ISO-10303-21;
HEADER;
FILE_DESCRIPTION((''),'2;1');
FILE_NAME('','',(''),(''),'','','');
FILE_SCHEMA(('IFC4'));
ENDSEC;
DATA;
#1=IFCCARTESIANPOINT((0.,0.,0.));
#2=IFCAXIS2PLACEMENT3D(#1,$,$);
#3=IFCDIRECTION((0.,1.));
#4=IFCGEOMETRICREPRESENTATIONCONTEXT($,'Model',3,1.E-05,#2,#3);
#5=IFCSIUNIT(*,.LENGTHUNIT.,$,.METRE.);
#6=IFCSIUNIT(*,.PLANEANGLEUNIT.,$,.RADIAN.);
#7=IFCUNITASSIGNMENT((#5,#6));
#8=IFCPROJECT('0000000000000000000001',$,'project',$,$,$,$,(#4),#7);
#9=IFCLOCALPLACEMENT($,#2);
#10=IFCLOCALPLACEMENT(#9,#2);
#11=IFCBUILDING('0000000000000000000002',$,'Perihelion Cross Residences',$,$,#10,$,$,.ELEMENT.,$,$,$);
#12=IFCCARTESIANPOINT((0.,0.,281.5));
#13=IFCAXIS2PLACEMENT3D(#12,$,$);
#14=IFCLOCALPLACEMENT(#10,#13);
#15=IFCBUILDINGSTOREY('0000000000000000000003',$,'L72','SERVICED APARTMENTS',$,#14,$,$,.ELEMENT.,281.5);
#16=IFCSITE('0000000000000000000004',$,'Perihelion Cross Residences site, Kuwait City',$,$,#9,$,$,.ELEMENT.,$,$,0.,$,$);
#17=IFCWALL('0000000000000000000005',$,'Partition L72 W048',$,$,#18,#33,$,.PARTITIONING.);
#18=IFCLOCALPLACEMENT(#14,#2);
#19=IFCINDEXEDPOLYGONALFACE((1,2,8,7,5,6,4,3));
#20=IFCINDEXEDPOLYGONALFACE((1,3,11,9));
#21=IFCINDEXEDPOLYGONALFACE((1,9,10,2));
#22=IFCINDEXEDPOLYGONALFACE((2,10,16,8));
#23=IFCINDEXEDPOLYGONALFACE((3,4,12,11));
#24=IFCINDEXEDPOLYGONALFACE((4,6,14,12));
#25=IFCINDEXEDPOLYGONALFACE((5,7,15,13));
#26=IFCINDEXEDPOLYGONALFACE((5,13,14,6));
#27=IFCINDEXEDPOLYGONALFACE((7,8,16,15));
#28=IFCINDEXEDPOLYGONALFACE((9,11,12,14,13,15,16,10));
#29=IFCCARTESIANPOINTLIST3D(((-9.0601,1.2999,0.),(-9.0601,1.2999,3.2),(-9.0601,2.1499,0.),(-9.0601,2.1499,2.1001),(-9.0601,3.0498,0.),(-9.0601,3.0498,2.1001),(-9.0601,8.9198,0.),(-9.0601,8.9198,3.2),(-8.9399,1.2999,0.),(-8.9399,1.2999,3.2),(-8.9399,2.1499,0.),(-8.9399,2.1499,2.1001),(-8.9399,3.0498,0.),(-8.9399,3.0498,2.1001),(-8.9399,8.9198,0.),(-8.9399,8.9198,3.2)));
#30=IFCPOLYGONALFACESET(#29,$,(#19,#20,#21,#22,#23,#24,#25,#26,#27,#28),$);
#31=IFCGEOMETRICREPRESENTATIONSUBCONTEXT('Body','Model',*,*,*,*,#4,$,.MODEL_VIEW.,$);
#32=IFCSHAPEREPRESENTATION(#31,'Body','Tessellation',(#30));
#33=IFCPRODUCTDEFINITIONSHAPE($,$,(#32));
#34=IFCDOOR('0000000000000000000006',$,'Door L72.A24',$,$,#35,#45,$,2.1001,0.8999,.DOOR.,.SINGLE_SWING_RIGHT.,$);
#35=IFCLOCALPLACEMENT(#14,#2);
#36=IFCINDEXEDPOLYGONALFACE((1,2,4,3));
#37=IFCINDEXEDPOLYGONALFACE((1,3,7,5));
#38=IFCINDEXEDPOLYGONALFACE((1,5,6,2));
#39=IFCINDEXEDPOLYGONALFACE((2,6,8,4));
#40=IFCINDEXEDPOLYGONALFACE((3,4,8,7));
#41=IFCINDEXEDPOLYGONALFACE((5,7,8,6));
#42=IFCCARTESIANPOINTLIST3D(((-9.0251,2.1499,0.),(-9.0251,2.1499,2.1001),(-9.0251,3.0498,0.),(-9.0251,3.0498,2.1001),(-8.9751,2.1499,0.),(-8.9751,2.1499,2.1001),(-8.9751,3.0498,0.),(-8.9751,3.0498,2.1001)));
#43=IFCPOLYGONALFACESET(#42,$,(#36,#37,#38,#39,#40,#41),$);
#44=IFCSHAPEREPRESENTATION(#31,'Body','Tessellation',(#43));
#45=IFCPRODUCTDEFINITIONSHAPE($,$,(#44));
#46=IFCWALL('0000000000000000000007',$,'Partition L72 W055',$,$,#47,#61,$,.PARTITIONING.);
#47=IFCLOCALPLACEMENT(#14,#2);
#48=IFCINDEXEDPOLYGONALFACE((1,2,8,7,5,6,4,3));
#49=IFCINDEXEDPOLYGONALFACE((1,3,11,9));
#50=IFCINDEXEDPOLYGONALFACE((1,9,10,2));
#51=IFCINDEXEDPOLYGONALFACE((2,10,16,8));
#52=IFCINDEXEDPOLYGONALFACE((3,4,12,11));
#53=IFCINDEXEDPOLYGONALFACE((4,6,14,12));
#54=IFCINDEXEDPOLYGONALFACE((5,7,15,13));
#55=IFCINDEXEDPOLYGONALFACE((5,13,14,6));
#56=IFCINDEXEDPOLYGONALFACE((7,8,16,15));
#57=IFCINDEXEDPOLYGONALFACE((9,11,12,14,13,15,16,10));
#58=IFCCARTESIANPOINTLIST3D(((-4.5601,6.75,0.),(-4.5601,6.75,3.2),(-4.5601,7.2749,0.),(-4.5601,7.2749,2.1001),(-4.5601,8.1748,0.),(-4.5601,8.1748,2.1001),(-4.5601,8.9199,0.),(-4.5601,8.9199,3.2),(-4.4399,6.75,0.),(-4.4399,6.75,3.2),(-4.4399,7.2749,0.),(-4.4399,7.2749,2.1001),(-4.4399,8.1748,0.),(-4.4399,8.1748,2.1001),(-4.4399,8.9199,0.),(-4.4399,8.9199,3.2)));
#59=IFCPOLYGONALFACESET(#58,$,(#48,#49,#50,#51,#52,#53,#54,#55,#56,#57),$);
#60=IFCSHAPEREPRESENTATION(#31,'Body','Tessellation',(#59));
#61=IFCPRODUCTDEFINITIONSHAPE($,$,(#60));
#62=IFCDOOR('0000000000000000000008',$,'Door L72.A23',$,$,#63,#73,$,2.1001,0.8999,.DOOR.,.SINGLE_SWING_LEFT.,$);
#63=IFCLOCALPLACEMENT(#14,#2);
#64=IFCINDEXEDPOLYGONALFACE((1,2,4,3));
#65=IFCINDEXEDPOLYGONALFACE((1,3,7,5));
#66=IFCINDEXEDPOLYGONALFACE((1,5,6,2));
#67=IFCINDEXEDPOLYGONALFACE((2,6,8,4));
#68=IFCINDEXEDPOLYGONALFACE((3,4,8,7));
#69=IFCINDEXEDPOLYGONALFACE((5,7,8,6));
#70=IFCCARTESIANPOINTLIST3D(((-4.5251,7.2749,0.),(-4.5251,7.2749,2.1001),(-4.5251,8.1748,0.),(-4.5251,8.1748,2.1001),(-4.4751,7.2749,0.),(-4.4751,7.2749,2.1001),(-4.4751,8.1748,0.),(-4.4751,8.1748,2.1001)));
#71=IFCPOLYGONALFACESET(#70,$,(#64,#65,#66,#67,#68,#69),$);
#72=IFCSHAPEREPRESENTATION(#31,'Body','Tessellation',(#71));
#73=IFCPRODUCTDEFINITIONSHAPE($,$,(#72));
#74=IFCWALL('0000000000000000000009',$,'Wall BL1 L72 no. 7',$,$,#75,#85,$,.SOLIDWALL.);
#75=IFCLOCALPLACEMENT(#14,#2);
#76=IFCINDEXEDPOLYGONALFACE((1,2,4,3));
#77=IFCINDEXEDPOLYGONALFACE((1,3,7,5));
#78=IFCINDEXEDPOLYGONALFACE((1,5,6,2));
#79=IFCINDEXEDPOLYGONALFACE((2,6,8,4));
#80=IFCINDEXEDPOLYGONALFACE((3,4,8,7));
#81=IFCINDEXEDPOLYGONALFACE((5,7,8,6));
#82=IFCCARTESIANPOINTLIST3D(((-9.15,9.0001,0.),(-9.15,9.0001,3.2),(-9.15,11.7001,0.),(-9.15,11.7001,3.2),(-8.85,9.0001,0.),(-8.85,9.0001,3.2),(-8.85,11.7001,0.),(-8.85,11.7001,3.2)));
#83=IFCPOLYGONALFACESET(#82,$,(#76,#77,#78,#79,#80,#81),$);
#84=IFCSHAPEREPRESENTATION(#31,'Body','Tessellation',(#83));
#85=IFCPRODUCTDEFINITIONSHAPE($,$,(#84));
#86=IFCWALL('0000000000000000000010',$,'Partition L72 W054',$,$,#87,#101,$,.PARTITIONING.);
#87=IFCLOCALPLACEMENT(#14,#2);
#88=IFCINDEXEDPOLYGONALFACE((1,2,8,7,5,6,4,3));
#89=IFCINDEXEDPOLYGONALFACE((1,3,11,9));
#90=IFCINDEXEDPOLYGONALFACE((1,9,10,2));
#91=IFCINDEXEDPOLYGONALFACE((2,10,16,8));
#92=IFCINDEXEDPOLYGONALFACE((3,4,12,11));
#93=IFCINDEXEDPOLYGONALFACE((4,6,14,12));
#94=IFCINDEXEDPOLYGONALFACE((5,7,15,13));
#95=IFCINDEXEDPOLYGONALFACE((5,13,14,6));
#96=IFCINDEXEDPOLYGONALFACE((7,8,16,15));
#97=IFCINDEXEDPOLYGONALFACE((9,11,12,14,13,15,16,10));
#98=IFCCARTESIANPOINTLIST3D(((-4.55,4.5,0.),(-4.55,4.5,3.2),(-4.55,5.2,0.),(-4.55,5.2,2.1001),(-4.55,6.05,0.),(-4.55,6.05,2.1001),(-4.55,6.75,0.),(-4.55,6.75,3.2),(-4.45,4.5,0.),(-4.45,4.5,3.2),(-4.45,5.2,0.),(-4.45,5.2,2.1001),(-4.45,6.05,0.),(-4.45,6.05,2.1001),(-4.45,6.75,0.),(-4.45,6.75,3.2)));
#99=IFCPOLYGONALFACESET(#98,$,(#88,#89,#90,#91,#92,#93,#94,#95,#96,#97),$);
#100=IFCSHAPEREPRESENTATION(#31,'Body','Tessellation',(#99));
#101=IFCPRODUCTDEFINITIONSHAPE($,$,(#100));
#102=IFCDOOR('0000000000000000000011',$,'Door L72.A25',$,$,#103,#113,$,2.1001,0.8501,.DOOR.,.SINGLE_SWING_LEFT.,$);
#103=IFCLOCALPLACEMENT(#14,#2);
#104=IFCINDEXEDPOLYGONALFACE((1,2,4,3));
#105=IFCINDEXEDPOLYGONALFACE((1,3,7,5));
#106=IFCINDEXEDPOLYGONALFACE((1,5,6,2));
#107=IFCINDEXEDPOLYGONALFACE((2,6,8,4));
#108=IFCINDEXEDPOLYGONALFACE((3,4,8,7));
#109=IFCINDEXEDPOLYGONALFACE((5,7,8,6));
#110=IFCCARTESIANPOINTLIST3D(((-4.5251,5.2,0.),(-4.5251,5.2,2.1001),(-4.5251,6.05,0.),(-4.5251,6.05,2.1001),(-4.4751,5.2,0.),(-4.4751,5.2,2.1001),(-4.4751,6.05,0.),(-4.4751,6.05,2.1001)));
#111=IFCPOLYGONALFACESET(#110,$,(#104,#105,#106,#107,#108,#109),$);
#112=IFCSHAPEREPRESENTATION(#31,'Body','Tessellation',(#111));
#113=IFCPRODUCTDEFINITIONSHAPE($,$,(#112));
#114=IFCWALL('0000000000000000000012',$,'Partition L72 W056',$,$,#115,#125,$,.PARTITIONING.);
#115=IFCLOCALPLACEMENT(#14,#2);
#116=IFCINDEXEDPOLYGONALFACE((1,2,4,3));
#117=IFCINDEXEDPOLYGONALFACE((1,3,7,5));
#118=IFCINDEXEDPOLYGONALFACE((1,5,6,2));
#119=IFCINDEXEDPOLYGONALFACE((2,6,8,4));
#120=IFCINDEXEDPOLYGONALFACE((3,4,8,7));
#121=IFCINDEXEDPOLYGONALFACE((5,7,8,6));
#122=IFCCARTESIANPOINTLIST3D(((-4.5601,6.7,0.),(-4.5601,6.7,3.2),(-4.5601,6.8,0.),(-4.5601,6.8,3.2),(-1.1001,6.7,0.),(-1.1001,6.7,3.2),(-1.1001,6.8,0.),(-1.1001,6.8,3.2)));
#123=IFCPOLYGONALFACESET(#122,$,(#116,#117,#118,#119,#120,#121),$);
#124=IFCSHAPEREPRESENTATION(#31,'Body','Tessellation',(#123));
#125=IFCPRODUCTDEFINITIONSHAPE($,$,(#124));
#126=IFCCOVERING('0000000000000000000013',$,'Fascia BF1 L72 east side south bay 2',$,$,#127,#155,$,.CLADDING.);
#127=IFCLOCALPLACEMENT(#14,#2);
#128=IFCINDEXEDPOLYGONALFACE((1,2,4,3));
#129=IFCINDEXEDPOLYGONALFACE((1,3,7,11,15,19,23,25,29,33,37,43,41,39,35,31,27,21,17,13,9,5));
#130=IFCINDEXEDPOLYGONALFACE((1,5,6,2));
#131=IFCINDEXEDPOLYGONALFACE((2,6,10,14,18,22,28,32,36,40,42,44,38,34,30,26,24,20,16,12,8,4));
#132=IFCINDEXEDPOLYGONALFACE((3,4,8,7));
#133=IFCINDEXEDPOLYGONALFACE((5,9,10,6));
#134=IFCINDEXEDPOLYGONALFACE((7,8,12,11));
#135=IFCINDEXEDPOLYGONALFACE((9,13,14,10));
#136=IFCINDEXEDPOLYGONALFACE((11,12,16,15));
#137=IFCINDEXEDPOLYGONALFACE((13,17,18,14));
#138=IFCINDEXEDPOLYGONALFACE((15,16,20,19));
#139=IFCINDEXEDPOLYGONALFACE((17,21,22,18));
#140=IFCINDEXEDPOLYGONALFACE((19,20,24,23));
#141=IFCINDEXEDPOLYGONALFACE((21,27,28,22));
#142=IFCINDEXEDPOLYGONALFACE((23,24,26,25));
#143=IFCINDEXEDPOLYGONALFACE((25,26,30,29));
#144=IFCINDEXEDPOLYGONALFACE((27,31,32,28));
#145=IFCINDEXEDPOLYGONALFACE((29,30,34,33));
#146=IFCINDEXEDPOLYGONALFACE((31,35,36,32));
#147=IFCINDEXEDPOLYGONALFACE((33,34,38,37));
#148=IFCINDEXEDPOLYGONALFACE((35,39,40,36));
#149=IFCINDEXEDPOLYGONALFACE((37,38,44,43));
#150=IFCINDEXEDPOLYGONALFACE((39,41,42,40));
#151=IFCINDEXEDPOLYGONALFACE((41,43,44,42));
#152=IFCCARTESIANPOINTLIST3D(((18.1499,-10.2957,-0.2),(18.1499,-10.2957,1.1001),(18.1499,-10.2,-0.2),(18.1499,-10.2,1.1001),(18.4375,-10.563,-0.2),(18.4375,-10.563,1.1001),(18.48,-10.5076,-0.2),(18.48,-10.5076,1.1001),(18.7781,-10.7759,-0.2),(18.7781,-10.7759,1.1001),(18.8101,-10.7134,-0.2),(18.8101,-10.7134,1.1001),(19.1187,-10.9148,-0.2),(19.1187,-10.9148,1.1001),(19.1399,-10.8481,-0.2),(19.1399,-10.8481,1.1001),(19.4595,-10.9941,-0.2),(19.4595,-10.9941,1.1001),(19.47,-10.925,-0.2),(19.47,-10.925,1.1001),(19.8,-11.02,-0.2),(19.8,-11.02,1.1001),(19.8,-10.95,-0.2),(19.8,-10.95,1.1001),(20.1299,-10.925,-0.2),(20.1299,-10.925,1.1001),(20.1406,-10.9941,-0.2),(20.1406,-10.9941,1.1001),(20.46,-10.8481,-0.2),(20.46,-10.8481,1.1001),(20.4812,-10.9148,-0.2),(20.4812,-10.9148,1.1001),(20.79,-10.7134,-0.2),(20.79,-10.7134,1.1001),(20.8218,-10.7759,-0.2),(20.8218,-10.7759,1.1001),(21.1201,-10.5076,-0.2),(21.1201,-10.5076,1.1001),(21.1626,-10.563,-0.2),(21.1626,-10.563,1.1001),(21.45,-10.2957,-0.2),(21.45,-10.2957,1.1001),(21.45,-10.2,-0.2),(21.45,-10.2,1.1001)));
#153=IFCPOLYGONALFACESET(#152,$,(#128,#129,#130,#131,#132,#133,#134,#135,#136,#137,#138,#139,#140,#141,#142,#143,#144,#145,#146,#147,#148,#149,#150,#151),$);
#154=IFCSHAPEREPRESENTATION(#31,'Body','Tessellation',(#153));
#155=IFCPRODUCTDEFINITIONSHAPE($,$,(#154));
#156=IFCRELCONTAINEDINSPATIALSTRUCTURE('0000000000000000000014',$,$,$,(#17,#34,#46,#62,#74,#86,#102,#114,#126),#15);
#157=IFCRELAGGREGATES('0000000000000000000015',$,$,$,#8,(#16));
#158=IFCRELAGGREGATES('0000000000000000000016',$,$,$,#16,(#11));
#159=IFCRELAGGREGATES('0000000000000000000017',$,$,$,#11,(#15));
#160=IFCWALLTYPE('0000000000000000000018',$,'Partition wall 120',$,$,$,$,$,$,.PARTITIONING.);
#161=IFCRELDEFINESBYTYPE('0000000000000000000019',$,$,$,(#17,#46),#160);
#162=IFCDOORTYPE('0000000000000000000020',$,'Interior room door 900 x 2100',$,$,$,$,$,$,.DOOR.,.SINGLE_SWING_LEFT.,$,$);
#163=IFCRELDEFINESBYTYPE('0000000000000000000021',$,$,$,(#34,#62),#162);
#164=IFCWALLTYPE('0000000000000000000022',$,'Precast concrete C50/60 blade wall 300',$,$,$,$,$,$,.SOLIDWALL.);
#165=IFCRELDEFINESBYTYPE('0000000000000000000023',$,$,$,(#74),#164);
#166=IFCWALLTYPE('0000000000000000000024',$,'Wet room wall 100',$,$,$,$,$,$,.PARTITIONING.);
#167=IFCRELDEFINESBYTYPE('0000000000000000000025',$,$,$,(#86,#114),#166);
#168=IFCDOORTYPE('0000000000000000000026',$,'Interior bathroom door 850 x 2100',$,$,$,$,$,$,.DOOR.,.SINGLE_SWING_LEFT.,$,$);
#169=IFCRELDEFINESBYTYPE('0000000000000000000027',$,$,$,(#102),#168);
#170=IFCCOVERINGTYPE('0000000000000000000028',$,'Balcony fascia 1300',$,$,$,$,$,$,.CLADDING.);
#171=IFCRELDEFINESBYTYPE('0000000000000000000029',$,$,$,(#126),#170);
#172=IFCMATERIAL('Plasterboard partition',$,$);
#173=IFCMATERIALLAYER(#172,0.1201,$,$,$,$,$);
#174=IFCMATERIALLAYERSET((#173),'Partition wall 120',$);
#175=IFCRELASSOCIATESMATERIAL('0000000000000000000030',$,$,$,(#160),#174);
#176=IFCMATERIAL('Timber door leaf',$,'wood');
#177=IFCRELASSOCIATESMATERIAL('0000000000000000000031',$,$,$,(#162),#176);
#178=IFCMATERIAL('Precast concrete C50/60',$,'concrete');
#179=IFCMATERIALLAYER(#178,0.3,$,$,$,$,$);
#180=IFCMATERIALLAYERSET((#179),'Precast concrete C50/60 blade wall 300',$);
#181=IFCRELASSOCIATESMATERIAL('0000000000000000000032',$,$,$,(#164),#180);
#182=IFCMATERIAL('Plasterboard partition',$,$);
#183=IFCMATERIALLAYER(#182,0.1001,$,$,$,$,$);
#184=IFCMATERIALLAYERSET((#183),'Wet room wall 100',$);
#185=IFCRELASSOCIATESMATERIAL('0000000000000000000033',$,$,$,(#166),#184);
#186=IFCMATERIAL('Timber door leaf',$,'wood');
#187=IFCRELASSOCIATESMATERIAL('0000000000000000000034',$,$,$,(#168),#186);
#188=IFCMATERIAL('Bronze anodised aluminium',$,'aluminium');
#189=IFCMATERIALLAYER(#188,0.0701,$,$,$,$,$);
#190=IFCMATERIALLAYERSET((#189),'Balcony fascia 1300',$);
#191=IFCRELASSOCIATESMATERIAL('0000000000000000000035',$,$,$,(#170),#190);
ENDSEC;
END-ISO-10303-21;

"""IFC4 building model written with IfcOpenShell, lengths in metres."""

from ifc_helpers import new_model, si_unit, direction, frame, frame_2d, origin, place, context, subcontext, project, spatial, polyline, rectangle, outline, extrude, material, layer, layer_set, type_object, element, fill, save


model = new_model("IFC4")

# Units and contexts
model_context = context("Model", 3, precision=1e-05, world=origin(), true_north=direction((0.0, 1.0)))
body_context = subcontext(model_context, "Body", "Model", "MODEL_VIEW")
ifc_project = project(units=[si_unit("LENGTHUNIT", "METRE"), si_unit("PLANEANGLEUNIT", "RADIAN")], contexts=[model_context])

# Site, building, storey
site_placement = place(None, origin())
site = spatial("IfcSite", under=ifc_project, at=site_placement, Name="Perihelion Cross Residences site, Kuwait City", CompositionType="ELEMENT", RefElevation=0.0)
building_placement = place(site_placement, origin())
building = spatial("IfcBuilding", under=site, at=building_placement, Name="Perihelion Cross Residences", CompositionType="ELEMENT")
storey_placement = place(building_placement, frame((0.0, 0.0, 281.5)))
storey = spatial("IfcBuildingStorey", under=building, at=storey_placement, Name="L72", Description="SERVICED APARTMENTS", CompositionType="ELEMENT", Elevation=281.5)

# Shared definitions
ifc_material_1 = material(Name="Plasterboard partition")
ifc_layer_1 = layer(ifc_material_1, 0.1201)
ifc_layer_set_1 = layer_set([ifc_layer_1], Name="Partition wall 120")
wall_type_1 = type_object("IfcWallType", Name="Partition wall 120", PredefinedType="PARTITIONING", material=ifc_layer_set_1)

# Walls, openings, doors
wall_1_placement = place(storey_placement, frame((-9.0, 8.9199, 0.0), z_axis=(0.0, 0.0, 1.0), x_axis=(0.0, -1.0, 0.0)))
wall_1 = element("IfcWall", 1, at=wall_1_placement, inside=storey, type_object=wall_type_1, Name="Partition L72 W048", PredefinedType="PARTITIONING", context=body_context, shape_type="SweptSolid", body=[
    extrude(rectangle(XDim=7.6199, YDim=0.1201, at=frame_2d((3.8101, 0.0))), origin(), (0.0, 0.0, 1.0), 3.2),
])
opening_1_placement = place(wall_1_placement, frame((5.8701, 0.0, 0.0)))
opening_1 = element("IfcOpeningElement", 2, at=opening_1_placement, cuts=wall_1, PredefinedType="OPENING", context=body_context, shape_type="SweptSolid", body=[
    extrude(rectangle(XDim=0.8999, YDim=2.1001, at=frame_2d((0.45, 1.05))), frame((0.0, 0.0701, 0.0), z_axis=(0.0, -1.0, 0.0), x_axis=(1.0, 0.0, 0.0)), (0.0, 0.0, 1.0), 0.1401),
])
ifc_material_2 = material(Name="Timber door leaf", Category="wood")
door_type_1 = type_object("IfcDoorType", Name="Interior room door 900 x 2100", OperationType="SINGLE_SWING_LEFT", PredefinedType="DOOR", material=ifc_material_2)
door_1_placement = place(opening_1_placement, origin())
door_1 = element("IfcDoor", 3, at=door_1_placement, inside=storey, type_object=door_type_1, Name="Door L72.A24", OperationType="SINGLE_SWING_RIGHT", OverallHeight=2.1001, OverallWidth=0.8999, PredefinedType="DOOR", context=body_context, shape_type="SweptSolid", body=[
    extrude(rectangle(XDim=0.8999, YDim=2.1001, at=frame_2d((0.45, 1.05))), frame((0.0, 0.0249, 0.0), z_axis=(0.0, -1.0, 0.0), x_axis=(1.0, 0.0, 0.0)), (0.0, 0.0, 1.0), 0.05),
])
fill(opening_1, door_1)
wall_2_placement = place(storey_placement, frame((-4.5, 8.9199, 0.0), z_axis=(0.0, 0.0, 1.0), x_axis=(0.0, -1.0, 0.0)))
wall_2 = element("IfcWall", 4, at=wall_2_placement, inside=storey, type_object=wall_type_1, Name="Partition L72 W055", PredefinedType="PARTITIONING", context=body_context, shape_type="SweptSolid", body=[
    extrude(rectangle(XDim=2.1699, YDim=0.1201, at=frame_2d((1.085, 0.0))), origin(), (0.0, 0.0, 1.0), 3.2),
])
opening_2_placement = place(wall_2_placement, frame((0.7451, 0.0, 0.0)))
opening_2 = element("IfcOpeningElement", 5, at=opening_2_placement, cuts=wall_2, PredefinedType="OPENING", context=body_context, shape_type="SweptSolid", body=[
    extrude(rectangle(XDim=0.8999, YDim=2.1001, at=frame_2d((0.45, 1.05))), frame((0.0, 0.0701, 0.0), z_axis=(0.0, -1.0, 0.0), x_axis=(1.0, 0.0, 0.0)), (0.0, 0.0, 1.0), 0.1401),
])
door_2_placement = place(opening_2_placement, origin())
door_2 = element("IfcDoor", 6, at=door_2_placement, inside=storey, type_object=door_type_1, Name="Door L72.A23", OperationType="SINGLE_SWING_LEFT", OverallHeight=2.1001, OverallWidth=0.8999, PredefinedType="DOOR", context=body_context, shape_type="SweptSolid", body=[
    extrude(rectangle(XDim=0.8999, YDim=2.1001, at=frame_2d((0.45, 1.05))), frame((0.0, 0.0249, 0.0), z_axis=(0.0, -1.0, 0.0), x_axis=(1.0, 0.0, 0.0)), (0.0, 0.0, 1.0), 0.05),
])
fill(opening_2, door_2)

# Wall
ifc_material_3 = material(Name="Precast concrete C50/60", Category="concrete")
ifc_layer_2 = layer(ifc_material_3, 0.3)
ifc_layer_set_2 = layer_set([ifc_layer_2], Name="Precast concrete C50/60 blade wall 300")
wall_type_2 = type_object("IfcWallType", Name="Precast concrete C50/60 blade wall 300", PredefinedType="SOLIDWALL", material=ifc_layer_set_2)
wall_3_placement = place(storey_placement, frame((-9.0, 9.0, 0.0), z_axis=(0.0, 0.0, 1.0), x_axis=(0.0, 1.0, 0.0)))
element("IfcWall", 7, at=wall_3_placement, inside=storey, type_object=wall_type_2, Name="Wall BL1 L72 no. 7", PredefinedType="SOLIDWALL", context=body_context, shape_type="SweptSolid", body=[
    extrude(rectangle(XDim=2.7, YDim=0.3, at=frame_2d((1.3501, 0.0))), origin(), (0.0, 0.0, 1.0), 3.2),
])

# Wall, opening, door
ifc_material_4 = material(Name="Plasterboard partition")
ifc_layer_3 = layer(ifc_material_4, 0.1001)
ifc_layer_set_3 = layer_set([ifc_layer_3], Name="Wet room wall 100")
wall_type_3 = type_object("IfcWallType", Name="Wet room wall 100", PredefinedType="PARTITIONING", material=ifc_layer_set_3)
wall_4_placement = place(storey_placement, frame((-4.5, 6.75, 0.0), z_axis=(0.0, 0.0, 1.0), x_axis=(0.0, -1.0, 0.0)))
wall_4 = element("IfcWall", 8, at=wall_4_placement, inside=storey, type_object=wall_type_3, Name="Partition L72 W054", PredefinedType="PARTITIONING", context=body_context, shape_type="SweptSolid", body=[
    extrude(rectangle(XDim=2.25, YDim=0.1001, at=frame_2d((1.125, 0.0))), origin(), (0.0, 0.0, 1.0), 3.2),
])
opening_3_placement = place(wall_4_placement, frame((0.7, 0.0, 0.0)))
opening_3 = element("IfcOpeningElement", 9, at=opening_3_placement, cuts=wall_4, PredefinedType="OPENING", context=body_context, shape_type="SweptSolid", body=[
    extrude(rectangle(XDim=0.8501, YDim=2.1001, at=frame_2d((0.425, 1.05))), frame((0.0, 0.0601, 0.0), z_axis=(0.0, -1.0, 0.0), x_axis=(1.0, 0.0, 0.0)), (0.0, 0.0, 1.0), 0.1201),
])
ifc_material_5 = material(Name="Timber door leaf", Category="wood")
door_type_2 = type_object("IfcDoorType", Name="Interior bathroom door 850 x 2100", OperationType="SINGLE_SWING_LEFT", PredefinedType="DOOR", material=ifc_material_5)
door_3_placement = place(opening_3_placement, origin())
door_3 = element("IfcDoor", 10, at=door_3_placement, inside=storey, type_object=door_type_2, Name="Door L72.A25", OperationType="SINGLE_SWING_LEFT", OverallHeight=2.1001, OverallWidth=0.8501, PredefinedType="DOOR", context=body_context, shape_type="SweptSolid", body=[
    extrude(rectangle(XDim=0.8501, YDim=2.1001, at=frame_2d((0.425, 1.05))), frame((0.0, 0.0249, 0.0), z_axis=(0.0, -1.0, 0.0), x_axis=(1.0, 0.0, 0.0)), (0.0, 0.0, 1.0), 0.05),
])
fill(opening_3, door_3)

# Wall
wall_5_placement = place(storey_placement, frame((-4.5601, 6.75, 0.0), z_axis=(0.0, 0.0, 1.0), x_axis=(1.0, 0.0, 0.0)))
element("IfcWall", 11, at=wall_5_placement, inside=storey, type_object=wall_type_3, Name="Partition L72 W056", PredefinedType="PARTITIONING", context=body_context, shape_type="SweptSolid", body=[
    extrude(rectangle(XDim=3.46, YDim=0.1001, at=frame_2d((1.73, 0.0))), origin(), (0.0, 0.0, 1.0), 3.2),
])

# Covering
ifc_material_6 = material(Name="Bronze anodised aluminium", Category="aluminium")
ifc_layer_4 = layer(ifc_material_6, 0.0701)
ifc_layer_set_4 = layer_set([ifc_layer_4], Name="Balcony fascia 1300")
covering_type = type_object("IfcCoveringType", Name="Balcony fascia 1300", PredefinedType="CLADDING", material=ifc_layer_set_4)
covering_placement = place(storey_placement, frame((0.0, 0.0, -0.2)))
element("IfcCovering", 12, at=covering_placement, inside=storey, type_object=covering_type, Name="Fascia BF1 L72 east side south bay 2", PredefinedType="CLADDING", context=body_context, shape_type="SweptSolid", body=[
    extrude(outline(polyline([(18.4375, -10.563), (18.7781, -10.7759), (19.1187, -10.9148), (19.4595, -10.9941), (19.8, -11.02), (20.1406, -10.9941), (20.4812, -10.9148), (20.8218, -10.7759), (21.1626, -10.563), (21.45, -10.2957), (21.45, -10.2), (21.1201, -10.5076), (20.79, -10.7134), (20.46, -10.8481), (20.1299, -10.925), (19.8, -10.95), (19.47, -10.925), (19.1399, -10.8481), (18.8101, -10.7134), (18.48, -10.5076), (18.1499, -10.2), (18.1499, -10.2957), (18.4375, -10.563)])), origin(), (0.0, 0.0, 1.0), 1.3),
])

save(model, "model.ifc")
